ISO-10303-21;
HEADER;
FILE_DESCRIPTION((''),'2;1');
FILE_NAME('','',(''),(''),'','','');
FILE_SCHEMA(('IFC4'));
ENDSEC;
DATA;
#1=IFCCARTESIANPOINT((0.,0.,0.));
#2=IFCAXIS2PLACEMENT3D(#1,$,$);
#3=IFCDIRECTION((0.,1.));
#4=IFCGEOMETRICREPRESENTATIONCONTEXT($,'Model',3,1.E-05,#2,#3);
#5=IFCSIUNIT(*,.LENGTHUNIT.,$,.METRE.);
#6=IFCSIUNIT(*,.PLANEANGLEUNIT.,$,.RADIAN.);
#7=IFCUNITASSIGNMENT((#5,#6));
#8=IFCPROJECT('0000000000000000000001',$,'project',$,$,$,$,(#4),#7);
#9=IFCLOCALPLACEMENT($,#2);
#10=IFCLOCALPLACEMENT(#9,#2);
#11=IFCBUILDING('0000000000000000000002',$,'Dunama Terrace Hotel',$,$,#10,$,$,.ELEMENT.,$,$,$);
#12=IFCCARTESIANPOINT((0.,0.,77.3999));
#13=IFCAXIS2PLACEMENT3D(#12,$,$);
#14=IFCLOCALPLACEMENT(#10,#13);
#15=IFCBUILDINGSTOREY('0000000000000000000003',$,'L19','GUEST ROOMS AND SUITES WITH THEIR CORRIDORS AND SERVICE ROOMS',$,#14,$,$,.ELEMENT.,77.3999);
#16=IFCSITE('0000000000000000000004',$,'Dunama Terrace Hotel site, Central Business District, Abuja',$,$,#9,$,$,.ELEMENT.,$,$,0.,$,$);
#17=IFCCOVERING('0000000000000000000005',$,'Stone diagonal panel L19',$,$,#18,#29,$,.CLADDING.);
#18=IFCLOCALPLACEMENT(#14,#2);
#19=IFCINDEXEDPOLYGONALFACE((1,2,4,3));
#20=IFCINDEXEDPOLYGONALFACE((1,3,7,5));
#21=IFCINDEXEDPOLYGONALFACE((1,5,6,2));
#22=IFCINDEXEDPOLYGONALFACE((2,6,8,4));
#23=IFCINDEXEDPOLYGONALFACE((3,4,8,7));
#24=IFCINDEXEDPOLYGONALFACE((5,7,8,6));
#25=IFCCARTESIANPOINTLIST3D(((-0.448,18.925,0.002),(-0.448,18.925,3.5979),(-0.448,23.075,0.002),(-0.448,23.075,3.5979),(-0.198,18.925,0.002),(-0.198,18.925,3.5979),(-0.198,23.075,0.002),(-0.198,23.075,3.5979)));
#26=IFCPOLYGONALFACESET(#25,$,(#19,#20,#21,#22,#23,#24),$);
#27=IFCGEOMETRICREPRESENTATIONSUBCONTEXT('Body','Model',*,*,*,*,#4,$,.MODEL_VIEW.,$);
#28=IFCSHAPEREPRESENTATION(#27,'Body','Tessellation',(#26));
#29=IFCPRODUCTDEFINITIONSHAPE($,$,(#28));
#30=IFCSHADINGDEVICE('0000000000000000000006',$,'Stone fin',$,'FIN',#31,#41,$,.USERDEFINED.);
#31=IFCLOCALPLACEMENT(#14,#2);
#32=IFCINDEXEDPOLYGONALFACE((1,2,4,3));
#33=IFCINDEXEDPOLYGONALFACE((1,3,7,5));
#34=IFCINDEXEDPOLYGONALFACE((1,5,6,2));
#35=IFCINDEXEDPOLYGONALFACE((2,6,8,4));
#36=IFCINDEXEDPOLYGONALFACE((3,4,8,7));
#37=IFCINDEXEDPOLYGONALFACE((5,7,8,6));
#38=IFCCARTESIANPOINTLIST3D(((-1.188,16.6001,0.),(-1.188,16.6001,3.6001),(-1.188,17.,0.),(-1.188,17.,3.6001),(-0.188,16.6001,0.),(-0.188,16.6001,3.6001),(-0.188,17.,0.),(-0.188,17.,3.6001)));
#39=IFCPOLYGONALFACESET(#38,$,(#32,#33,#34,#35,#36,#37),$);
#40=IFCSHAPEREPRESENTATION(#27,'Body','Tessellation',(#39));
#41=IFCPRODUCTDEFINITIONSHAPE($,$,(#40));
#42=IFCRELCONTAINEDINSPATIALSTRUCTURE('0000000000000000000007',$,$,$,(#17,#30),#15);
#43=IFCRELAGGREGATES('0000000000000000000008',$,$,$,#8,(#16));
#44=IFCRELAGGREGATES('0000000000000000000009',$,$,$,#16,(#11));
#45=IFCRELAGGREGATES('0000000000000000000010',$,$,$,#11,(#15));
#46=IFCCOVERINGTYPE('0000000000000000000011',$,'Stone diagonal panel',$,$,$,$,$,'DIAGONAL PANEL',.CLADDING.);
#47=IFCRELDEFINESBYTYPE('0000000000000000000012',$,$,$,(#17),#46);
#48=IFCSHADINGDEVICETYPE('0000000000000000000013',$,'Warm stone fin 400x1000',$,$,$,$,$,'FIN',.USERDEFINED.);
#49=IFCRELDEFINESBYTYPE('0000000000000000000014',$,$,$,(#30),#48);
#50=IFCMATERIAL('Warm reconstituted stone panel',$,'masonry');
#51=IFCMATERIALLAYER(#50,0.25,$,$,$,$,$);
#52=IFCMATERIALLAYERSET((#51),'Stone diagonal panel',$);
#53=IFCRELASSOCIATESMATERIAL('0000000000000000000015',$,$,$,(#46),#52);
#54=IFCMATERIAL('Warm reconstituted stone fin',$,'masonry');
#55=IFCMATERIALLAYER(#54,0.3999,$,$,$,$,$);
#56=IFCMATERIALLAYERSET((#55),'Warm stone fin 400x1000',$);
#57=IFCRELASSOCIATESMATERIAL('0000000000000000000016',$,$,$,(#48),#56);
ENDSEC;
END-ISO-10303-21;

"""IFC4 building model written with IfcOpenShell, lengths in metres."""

from ifc_helpers import new_model, si_unit, direction, frame, origin, origin_2d, place, context, subcontext, project, spatial, rectangle, extrude, material, layer, layer_set, type_object, element, save


model = new_model("IFC4")

# Units and contexts
model_context = context("Model", 3, precision=1e-05, world=origin(), true_north=direction((0.0, 1.0)))
body_context = subcontext(model_context, "Body", "Model", "MODEL_VIEW")
ifc_project = project(units=[si_unit("LENGTHUNIT", "METRE"), si_unit("PLANEANGLEUNIT", "RADIAN")], contexts=[model_context])

# Site, building, storey
site_placement = place(None, origin())
site = spatial("IfcSite", under=ifc_project, at=site_placement, Name="Dunama Terrace Hotel site, Central Business District, Abuja", CompositionType="ELEMENT", RefElevation=0.0)
building_placement = place(site_placement, origin())
building = spatial("IfcBuilding", under=site, at=building_placement, Name="Dunama Terrace Hotel", CompositionType="ELEMENT")
storey_placement = place(building_placement, frame((0.0, 0.0, 77.3999)))
storey = spatial("IfcBuildingStorey", under=building, at=storey_placement, Name="L19", Description="GUEST ROOMS AND SUITES WITH THEIR CORRIDORS AND SERVICE ROOMS", CompositionType="ELEMENT", Elevation=77.3999)

# Covering
ifc_material_1 = material(Name="Warm reconstituted stone panel", Category="masonry")
ifc_layer_1 = layer(ifc_material_1, 0.25)
ifc_layer_set_1 = layer_set([ifc_layer_1], Name="Stone diagonal panel")
covering_type = type_object("IfcCoveringType", Name="Stone diagonal panel", ElementType="DIAGONAL PANEL", PredefinedType="CLADDING", material=ifc_layer_set_1)
covering_placement = place(storey_placement, frame((-0.323, 21.0, 0.002), z_axis=(0.0, 0.0, 1.0), x_axis=(0.0, -1.0, 0.0)))
element("IfcCovering", 1, at=covering_placement, inside=storey, type_object=covering_type, Name="Stone diagonal panel L19", PredefinedType="CLADDING", context=body_context, shape_type="SweptSolid", body=[
    extrude(rectangle(XDim=4.1499, YDim=0.25, at=origin_2d()), origin(), (0.0, 0.0, 1.0), 3.5959),
])

# Shading device
ifc_material_2 = material(Name="Warm reconstituted stone fin", Category="masonry")
ifc_layer_2 = layer(ifc_material_2, 0.3999)
ifc_layer_set_2 = layer_set([ifc_layer_2], Name="Warm stone fin 400x1000")
shading_device_type = type_object("IfcShadingDeviceType", Name="Warm stone fin 400x1000", ElementType="FIN", PredefinedType="USERDEFINED", material=ifc_layer_set_2)
shading_device_placement = place(storey_placement, frame((-0.688, 16.8, 0.0), z_axis=(0.0, 0.0, 1.0), x_axis=(0.0, -1.0, 0.0)))
element("IfcShadingDevice", 2, at=shading_device_placement, inside=storey, type_object=shading_device_type, Name="Stone fin", ObjectType="FIN", PredefinedType="USERDEFINED", context=body_context, shape_type="SweptSolid", body=[
    extrude(rectangle(XDim=0.3999, YDim=1.0, at=origin_2d()), origin(), (0.0, 0.0, 1.0), 3.6001),
])

save(model, "model.ifc")
